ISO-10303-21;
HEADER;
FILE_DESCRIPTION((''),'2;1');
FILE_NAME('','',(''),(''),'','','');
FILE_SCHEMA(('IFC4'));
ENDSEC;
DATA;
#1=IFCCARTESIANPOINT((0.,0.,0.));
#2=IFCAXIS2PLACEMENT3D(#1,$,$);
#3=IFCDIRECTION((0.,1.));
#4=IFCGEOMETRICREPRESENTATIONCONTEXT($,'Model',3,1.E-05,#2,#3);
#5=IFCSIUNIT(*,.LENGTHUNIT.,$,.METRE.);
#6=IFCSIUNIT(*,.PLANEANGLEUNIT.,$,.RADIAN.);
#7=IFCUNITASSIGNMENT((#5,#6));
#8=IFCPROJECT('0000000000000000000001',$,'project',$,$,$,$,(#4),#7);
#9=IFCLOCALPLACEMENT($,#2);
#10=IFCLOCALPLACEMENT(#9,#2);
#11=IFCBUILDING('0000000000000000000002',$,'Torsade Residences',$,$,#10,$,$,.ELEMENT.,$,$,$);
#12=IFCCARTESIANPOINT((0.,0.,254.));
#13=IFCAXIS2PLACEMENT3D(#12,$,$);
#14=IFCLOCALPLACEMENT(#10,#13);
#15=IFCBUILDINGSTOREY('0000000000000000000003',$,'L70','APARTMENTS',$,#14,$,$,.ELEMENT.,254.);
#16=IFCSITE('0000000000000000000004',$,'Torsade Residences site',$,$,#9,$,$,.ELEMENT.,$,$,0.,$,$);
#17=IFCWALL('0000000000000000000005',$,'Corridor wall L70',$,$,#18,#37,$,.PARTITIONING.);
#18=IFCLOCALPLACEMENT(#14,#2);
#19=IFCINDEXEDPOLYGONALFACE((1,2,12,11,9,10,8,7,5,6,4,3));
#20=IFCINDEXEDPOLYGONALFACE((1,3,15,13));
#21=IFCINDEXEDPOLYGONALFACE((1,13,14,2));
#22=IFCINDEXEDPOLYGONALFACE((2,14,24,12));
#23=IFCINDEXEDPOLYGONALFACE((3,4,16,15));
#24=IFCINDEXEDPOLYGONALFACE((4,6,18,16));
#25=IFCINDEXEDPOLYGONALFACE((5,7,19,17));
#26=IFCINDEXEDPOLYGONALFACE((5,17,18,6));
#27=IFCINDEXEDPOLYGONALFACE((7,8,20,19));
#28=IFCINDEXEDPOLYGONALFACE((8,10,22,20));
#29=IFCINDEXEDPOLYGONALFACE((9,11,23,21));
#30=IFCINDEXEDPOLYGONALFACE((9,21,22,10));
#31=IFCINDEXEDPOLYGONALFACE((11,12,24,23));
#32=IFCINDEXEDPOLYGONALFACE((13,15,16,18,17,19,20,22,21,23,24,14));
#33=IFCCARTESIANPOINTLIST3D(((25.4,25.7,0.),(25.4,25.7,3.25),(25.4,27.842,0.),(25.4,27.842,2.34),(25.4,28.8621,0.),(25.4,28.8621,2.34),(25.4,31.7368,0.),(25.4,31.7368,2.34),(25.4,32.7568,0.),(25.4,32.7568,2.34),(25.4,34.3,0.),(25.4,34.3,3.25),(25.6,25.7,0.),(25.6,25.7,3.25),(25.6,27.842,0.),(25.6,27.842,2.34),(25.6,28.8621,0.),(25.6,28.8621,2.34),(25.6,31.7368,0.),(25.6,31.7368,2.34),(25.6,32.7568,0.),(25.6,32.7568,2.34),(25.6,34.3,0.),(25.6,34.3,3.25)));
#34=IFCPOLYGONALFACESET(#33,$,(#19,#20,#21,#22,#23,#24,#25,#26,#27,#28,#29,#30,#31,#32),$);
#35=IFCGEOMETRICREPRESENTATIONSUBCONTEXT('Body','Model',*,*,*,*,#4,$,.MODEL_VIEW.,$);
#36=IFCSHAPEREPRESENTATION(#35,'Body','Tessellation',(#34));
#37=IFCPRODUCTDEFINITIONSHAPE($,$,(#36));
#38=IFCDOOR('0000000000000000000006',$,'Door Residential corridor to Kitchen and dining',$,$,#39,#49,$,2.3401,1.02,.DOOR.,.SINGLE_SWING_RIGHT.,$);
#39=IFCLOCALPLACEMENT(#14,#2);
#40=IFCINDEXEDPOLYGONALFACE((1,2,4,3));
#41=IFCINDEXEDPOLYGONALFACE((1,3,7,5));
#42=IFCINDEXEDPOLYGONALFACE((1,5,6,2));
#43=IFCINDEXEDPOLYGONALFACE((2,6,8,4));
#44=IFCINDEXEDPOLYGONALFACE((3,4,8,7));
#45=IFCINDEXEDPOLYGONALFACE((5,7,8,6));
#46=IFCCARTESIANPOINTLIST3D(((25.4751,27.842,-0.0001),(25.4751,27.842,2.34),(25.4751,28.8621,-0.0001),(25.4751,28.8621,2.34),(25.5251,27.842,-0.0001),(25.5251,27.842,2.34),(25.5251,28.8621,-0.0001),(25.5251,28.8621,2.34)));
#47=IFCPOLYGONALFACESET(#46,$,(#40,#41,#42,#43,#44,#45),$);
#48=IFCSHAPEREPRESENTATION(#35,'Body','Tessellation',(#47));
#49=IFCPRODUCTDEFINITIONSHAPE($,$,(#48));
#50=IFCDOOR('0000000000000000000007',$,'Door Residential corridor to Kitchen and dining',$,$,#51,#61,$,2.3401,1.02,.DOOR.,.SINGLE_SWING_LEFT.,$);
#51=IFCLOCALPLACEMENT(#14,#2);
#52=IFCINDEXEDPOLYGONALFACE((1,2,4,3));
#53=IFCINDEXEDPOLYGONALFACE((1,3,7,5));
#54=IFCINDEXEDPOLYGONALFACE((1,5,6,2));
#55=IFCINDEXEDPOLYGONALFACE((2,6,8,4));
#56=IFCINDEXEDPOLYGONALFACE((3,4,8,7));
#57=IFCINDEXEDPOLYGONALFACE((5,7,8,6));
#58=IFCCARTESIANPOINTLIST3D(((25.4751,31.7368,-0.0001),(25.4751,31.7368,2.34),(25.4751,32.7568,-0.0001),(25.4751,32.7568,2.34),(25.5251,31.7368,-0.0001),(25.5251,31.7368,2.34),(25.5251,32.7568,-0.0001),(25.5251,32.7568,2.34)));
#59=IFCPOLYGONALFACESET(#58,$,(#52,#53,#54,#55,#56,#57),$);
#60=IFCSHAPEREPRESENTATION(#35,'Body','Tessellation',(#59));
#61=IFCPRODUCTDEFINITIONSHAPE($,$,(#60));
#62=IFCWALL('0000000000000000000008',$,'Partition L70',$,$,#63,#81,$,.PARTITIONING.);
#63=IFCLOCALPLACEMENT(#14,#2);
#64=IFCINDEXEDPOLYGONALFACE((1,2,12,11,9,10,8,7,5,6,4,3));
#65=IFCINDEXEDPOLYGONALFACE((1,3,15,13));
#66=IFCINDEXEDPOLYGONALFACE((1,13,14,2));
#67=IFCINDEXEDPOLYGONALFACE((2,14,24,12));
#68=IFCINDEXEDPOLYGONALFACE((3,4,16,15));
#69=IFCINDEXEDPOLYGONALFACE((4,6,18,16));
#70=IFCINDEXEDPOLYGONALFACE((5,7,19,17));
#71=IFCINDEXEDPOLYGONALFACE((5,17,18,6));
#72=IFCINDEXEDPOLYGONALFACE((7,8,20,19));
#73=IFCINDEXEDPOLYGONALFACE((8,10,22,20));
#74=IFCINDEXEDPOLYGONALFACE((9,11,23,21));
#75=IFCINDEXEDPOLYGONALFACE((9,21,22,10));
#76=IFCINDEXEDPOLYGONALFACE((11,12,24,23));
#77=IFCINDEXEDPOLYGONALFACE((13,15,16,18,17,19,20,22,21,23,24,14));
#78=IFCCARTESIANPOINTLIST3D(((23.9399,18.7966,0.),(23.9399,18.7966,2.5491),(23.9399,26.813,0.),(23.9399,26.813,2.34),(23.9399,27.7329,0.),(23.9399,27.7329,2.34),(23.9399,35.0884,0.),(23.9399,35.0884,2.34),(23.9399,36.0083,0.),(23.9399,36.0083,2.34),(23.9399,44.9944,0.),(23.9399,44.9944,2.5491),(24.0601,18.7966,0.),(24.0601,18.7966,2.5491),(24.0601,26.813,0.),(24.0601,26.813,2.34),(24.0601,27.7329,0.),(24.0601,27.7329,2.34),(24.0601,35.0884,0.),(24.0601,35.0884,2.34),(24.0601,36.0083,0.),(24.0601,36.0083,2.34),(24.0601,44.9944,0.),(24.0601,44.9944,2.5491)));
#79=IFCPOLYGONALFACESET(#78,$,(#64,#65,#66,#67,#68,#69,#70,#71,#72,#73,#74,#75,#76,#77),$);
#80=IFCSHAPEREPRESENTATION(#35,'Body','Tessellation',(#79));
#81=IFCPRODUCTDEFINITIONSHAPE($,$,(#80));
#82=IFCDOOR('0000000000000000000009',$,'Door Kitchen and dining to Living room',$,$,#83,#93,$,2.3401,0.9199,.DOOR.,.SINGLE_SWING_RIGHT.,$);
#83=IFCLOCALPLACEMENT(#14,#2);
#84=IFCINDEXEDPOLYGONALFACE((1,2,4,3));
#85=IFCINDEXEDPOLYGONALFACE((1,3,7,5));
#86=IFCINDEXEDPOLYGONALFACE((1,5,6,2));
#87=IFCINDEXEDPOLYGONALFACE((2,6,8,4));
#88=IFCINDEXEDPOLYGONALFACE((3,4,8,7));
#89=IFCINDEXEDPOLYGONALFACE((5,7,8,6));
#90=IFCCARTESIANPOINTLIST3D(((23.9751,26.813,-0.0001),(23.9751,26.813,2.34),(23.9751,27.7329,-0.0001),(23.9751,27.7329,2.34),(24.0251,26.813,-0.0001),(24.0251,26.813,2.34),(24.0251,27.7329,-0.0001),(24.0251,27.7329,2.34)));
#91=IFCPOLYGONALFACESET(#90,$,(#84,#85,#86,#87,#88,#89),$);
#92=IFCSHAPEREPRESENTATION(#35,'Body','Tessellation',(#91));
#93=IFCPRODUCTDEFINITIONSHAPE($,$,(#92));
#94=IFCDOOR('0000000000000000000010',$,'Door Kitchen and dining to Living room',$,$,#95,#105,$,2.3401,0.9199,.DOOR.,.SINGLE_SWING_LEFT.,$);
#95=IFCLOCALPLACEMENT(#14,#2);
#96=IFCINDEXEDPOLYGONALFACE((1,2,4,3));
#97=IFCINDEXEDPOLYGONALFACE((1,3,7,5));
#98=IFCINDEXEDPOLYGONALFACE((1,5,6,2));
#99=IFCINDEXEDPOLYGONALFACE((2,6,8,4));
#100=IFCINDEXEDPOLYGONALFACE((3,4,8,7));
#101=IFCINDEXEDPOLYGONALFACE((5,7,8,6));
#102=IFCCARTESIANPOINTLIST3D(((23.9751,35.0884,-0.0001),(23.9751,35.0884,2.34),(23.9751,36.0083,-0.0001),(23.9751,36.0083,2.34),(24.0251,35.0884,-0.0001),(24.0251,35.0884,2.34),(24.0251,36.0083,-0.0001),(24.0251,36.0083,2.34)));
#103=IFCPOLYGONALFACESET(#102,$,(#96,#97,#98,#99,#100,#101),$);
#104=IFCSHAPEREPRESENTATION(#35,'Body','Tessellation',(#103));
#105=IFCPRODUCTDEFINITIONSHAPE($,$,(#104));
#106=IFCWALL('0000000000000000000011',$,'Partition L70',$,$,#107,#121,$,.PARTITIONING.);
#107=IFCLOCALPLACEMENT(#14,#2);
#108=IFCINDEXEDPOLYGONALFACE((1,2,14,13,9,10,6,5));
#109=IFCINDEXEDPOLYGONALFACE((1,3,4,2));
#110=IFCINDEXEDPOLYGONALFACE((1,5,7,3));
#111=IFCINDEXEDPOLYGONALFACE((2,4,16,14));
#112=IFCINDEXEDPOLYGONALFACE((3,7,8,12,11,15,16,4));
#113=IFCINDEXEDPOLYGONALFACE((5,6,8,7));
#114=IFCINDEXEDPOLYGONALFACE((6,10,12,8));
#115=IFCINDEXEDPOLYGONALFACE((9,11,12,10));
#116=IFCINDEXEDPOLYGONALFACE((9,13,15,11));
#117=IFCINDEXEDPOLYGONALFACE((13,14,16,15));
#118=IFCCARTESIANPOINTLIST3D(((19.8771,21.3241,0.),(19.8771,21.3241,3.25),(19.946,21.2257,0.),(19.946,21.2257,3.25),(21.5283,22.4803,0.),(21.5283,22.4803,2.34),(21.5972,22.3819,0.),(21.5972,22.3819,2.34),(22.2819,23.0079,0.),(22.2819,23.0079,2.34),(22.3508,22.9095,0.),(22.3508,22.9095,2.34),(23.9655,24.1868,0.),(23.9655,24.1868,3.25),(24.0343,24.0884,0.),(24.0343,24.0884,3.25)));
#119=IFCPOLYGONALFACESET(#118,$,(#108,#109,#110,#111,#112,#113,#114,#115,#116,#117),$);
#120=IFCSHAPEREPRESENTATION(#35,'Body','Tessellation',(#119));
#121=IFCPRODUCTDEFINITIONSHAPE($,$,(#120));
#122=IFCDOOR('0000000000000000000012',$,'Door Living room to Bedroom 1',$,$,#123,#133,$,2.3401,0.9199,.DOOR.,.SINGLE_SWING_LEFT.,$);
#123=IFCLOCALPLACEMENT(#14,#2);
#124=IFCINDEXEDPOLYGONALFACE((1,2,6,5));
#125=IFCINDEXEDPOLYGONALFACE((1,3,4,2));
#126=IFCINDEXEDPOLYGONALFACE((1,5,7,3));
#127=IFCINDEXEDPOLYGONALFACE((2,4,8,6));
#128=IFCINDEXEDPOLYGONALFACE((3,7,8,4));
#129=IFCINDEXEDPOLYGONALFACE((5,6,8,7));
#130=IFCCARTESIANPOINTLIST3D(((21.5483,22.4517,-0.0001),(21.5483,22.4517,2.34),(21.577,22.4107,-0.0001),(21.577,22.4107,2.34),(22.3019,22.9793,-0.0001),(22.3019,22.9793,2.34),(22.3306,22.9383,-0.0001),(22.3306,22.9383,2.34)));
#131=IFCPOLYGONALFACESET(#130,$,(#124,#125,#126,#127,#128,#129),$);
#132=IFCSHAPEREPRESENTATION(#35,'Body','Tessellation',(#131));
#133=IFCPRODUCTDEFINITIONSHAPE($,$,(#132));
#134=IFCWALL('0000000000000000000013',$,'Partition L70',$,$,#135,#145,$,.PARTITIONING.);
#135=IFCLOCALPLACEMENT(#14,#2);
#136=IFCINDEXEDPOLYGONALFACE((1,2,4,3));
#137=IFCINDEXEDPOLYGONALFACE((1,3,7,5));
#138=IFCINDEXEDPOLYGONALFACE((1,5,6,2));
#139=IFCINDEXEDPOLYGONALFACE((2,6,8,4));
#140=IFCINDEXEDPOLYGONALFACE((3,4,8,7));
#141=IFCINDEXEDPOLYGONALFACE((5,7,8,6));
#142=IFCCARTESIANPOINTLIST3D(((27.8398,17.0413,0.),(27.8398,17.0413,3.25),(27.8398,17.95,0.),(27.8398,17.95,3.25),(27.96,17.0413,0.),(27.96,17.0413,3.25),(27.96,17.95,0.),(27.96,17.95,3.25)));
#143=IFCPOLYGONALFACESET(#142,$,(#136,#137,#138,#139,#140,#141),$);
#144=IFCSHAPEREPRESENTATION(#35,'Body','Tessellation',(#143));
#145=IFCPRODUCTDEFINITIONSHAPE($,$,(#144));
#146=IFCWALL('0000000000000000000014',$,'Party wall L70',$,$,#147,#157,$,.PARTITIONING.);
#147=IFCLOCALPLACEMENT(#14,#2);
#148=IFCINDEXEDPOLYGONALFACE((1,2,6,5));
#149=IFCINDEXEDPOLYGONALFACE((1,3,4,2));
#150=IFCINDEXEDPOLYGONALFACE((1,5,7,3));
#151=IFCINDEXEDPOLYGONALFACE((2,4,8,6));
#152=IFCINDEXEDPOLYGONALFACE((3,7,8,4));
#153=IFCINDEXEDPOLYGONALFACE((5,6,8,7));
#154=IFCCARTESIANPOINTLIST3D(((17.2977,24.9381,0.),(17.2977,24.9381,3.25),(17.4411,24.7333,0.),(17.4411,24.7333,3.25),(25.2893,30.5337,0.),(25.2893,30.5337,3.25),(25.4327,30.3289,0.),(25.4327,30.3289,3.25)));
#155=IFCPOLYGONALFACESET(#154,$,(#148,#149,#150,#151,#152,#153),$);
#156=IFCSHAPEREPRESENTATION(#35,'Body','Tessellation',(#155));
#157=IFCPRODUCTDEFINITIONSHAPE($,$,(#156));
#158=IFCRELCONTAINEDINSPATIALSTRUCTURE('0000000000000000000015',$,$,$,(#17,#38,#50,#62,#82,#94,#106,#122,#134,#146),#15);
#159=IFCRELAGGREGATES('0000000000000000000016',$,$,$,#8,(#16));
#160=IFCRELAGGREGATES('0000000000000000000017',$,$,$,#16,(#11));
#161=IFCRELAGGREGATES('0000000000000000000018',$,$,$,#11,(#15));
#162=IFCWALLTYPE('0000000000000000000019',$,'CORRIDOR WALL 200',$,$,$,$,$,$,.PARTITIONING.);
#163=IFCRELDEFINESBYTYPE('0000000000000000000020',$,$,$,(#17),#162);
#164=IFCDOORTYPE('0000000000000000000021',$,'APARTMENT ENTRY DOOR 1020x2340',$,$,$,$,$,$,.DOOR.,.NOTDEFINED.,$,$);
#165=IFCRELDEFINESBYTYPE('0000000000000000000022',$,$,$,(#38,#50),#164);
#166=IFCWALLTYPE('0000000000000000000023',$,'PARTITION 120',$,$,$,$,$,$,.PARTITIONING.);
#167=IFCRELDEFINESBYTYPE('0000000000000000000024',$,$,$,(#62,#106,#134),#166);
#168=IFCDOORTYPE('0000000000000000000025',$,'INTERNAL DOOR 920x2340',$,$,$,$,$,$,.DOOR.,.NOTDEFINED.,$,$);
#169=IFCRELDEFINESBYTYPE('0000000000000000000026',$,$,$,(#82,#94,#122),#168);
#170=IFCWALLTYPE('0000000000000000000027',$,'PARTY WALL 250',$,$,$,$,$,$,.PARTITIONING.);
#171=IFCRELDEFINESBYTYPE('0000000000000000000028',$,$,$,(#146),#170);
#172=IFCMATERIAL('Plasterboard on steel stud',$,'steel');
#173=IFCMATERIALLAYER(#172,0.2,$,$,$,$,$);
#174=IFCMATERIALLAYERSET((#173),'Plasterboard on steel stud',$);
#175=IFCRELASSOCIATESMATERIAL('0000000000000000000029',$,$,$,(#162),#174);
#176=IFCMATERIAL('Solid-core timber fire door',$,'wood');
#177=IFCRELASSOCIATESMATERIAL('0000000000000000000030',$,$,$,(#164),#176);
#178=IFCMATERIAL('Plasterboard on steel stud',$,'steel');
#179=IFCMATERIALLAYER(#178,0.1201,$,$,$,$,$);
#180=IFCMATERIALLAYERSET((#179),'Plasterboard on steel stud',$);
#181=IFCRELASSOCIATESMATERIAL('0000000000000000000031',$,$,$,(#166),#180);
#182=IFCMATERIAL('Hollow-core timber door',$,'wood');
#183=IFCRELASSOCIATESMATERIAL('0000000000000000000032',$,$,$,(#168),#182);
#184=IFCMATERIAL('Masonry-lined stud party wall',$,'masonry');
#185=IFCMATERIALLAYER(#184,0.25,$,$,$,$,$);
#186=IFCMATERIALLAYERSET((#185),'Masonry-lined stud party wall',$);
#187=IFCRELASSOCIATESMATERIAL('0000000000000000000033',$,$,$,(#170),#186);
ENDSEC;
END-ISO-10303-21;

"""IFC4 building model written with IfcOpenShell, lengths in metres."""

from ifc_helpers import new_model, si_unit, direction, frame, frame_2d, origin, place, context, subcontext, project, spatial, rectangle, extrude, material, layer, layer_set, type_object, element, fill, save


model = new_model("IFC4")

# Units and contexts
model_context = context("Model", 3, precision=1e-05, world=origin(), true_north=direction((0.0, 1.0)))
body_context = subcontext(model_context, "Body", "Model", "MODEL_VIEW")
ifc_project = project(units=[si_unit("LENGTHUNIT", "METRE"), si_unit("PLANEANGLEUNIT", "RADIAN")], contexts=[model_context])

# Site, building, storey
site_placement = place(None, origin())
site = spatial("IfcSite", under=ifc_project, at=site_placement, Name="Torsade Residences site", CompositionType="ELEMENT", RefElevation=0.0)
building_placement = place(site_placement, origin())
building = spatial("IfcBuilding", under=site, at=building_placement, Name="Torsade Residences", CompositionType="ELEMENT")
storey_placement = place(building_placement, frame((0.0, 0.0, 254.0)))
storey = spatial("IfcBuildingStorey", under=building, at=storey_placement, Name="L70", Description="APARTMENTS", CompositionType="ELEMENT", Elevation=254.0)

# Walls, openings, doors
ifc_material_1 = material(Name="Plasterboard on steel stud", Category="steel")
ifc_layer_1 = layer(ifc_material_1, 0.2)
ifc_layer_set_1 = layer_set([ifc_layer_1], Name="Plasterboard on steel stud")
wall_type_1 = type_object("IfcWallType", Name="CORRIDOR WALL 200", PredefinedType="PARTITIONING", material=ifc_layer_set_1)
wall_1_placement = place(storey_placement, frame((25.5, 25.7, 0.0), z_axis=(0.0, 0.0, 1.0), x_axis=(0.0, 1.0, 0.0)))
wall_1 = element("IfcWall", 1, at=wall_1_placement, inside=storey, type_object=wall_type_1, Name="Corridor wall L70", PredefinedType="PARTITIONING", context=body_context, shape_type="SweptSolid", body=[
    extrude(rectangle(XDim=8.6001, YDim=0.2, at=frame_2d((4.3, 0.0))), origin(), (0.0, 0.0, 1.0), 3.25),
])
opening_1_placement = place(wall_1_placement, frame((2.1421, 0.0, 0.0)))
opening_1 = element("IfcOpeningElement", 2, at=opening_1_placement, cuts=wall_1, PredefinedType="OPENING", context=body_context, shape_type="SweptSolid", body=[
    extrude(rectangle(XDim=1.02, YDim=2.3401, at=frame_2d((0.51, 1.1699))), frame((0.0, 0.1099, 0.0), z_axis=(0.0, -1.0, 0.0), x_axis=(1.0, 0.0, 0.0)), (0.0, 0.0, 1.0), 0.22),
])
opening_2_placement = place(wall_1_placement, frame((6.0369, 0.0, 0.0)))
opening_2 = element("IfcOpeningElement", 3, at=opening_2_placement, cuts=wall_1, PredefinedType="OPENING", context=body_context, shape_type="SweptSolid", body=[
    extrude(rectangle(XDim=1.02, YDim=2.3401, at=frame_2d((0.51, 1.1699))), frame((0.0, 0.1099, 0.0), z_axis=(0.0, -1.0, 0.0), x_axis=(1.0, 0.0, 0.0)), (0.0, 0.0, 1.0), 0.22),
])
ifc_material_2 = material(Name="Solid-core timber fire door", Category="wood")
door_type_1 = type_object("IfcDoorType", Name="APARTMENT ENTRY DOOR 1020x2340", OperationType="NOTDEFINED", PredefinedType="DOOR", material=ifc_material_2)
door_1_placement = place(opening_1_placement, origin())
door_1 = element("IfcDoor", 4, at=door_1_placement, inside=storey, type_object=door_type_1, Name="Door Residential corridor to Kitchen and dining", OperationType="SINGLE_SWING_RIGHT", OverallHeight=2.3401, OverallWidth=1.02, PredefinedType="DOOR", context=body_context, shape_type="SweptSolid", body=[
    extrude(rectangle(XDim=1.02, YDim=2.3401, at=frame_2d((0.51, 1.1699))), frame((0.0, 0.0249, 0.0), z_axis=(0.0, -1.0, 0.0), x_axis=(1.0, 0.0, 0.0)), (0.0, 0.0, 1.0), 0.05),
])
fill(opening_1, door_1)
door_2_placement = place(opening_2_placement, origin())
door_2 = element("IfcDoor", 5, at=door_2_placement, inside=storey, type_object=door_type_1, Name="Door Residential corridor to Kitchen and dining", OperationType="SINGLE_SWING_LEFT", OverallHeight=2.3401, OverallWidth=1.02, PredefinedType="DOOR", context=body_context, shape_type="SweptSolid", body=[
    extrude(rectangle(XDim=1.02, YDim=2.3401, at=frame_2d((0.51, 1.1699))), frame((0.0, 0.0249, 0.0), z_axis=(0.0, -1.0, 0.0), x_axis=(1.0, 0.0, 0.0)), (0.0, 0.0, 1.0), 0.05),
])
fill(opening_2, door_2)
ifc_material_3 = material(Name="Plasterboard on steel stud", Category="steel")
ifc_layer_2 = layer(ifc_material_3, 0.1201)
ifc_layer_set_2 = layer_set([ifc_layer_2], Name="Plasterboard on steel stud")
wall_type_2 = type_object("IfcWallType", Name="PARTITION 120", PredefinedType="PARTITIONING", material=ifc_layer_set_2)
wall_2_placement = place(storey_placement, frame((24.0, 18.7966, 0.0), z_axis=(0.0, 0.0, 1.0), x_axis=(0.0, 1.0, 0.0)))
wall_2 = element("IfcWall", 6, at=wall_2_placement, inside=storey, type_object=wall_type_2, Name="Partition L70", PredefinedType="PARTITIONING", context=body_context, shape_type="SweptSolid", body=[
    extrude(rectangle(XDim=26.1978, YDim=0.1201, at=frame_2d((13.0989, 0.0))), origin(), (0.0, 0.0, 1.0), 2.5491),
])
opening_3_placement = place(wall_2_placement, frame((8.0164, 0.0, 0.0)))
opening_3 = element("IfcOpeningElement", 7, at=opening_3_placement, cuts=wall_2, PredefinedType="OPENING", context=body_context, shape_type="SweptSolid", body=[
    extrude(rectangle(XDim=0.9199, YDim=2.3401, at=frame_2d((0.46, 1.1699))), frame((0.0, 0.0701, 0.0), z_axis=(0.0, -1.0, 0.0), x_axis=(1.0, 0.0, 0.0)), (0.0, 0.0, 1.0), 0.1401),
])
opening_4_placement = place(wall_2_placement, frame((16.2917, 0.0, 0.0)))
opening_4 = element("IfcOpeningElement", 8, at=opening_4_placement, cuts=wall_2, PredefinedType="OPENING", context=body_context, shape_type="SweptSolid", body=[
    extrude(rectangle(XDim=0.9199, YDim=2.3401, at=frame_2d((0.46, 1.1699))), frame((0.0, 0.0701, 0.0), z_axis=(0.0, -1.0, 0.0), x_axis=(1.0, 0.0, 0.0)), (0.0, 0.0, 1.0), 0.1401),
])
ifc_material_4 = material(Name="Hollow-core timber door", Category="wood")
door_type_2 = type_object("IfcDoorType", Name="INTERNAL DOOR 920x2340", OperationType="NOTDEFINED", PredefinedType="DOOR", material=ifc_material_4)
door_3_placement = place(opening_3_placement, origin())
door_3 = element("IfcDoor", 9, at=door_3_placement, inside=storey, type_object=door_type_2, Name="Door Kitchen and dining to Living room", OperationType="SINGLE_SWING_RIGHT", OverallHeight=2.3401, OverallWidth=0.9199, PredefinedType="DOOR", context=body_context, shape_type="SweptSolid", body=[
    extrude(rectangle(XDim=0.9199, YDim=2.3401, at=frame_2d((0.46, 1.1699))), frame((0.0, 0.0249, 0.0), z_axis=(0.0, -1.0, 0.0), x_axis=(1.0, 0.0, 0.0)), (0.0, 0.0, 1.0), 0.05),
])
fill(opening_3, door_3)
door_4_placement = place(opening_4_placement, origin())
door_4 = element("IfcDoor", 10, at=door_4_placement, inside=storey, type_object=door_type_2, Name="Door Kitchen and dining to Living room", OperationType="SINGLE_SWING_LEFT", OverallHeight=2.3401, OverallWidth=0.9199, PredefinedType="DOOR", context=body_context, shape_type="SweptSolid", body=[
    extrude(rectangle(XDim=0.9199, YDim=2.3401, at=frame_2d((0.46, 1.1699))), frame((0.0, 0.0249, 0.0), z_axis=(0.0, -1.0, 0.0), x_axis=(1.0, 0.0, 0.0)), (0.0, 0.0, 1.0), 0.05),
])
fill(opening_4, door_4)

# Wall, opening, door
wall_3_placement = place(storey_placement, frame((24.0, 24.1377, 0.0), z_axis=(0.0, 0.0, 1.0), x_axis=(-0.819145, -0.573587, 0.0)))
wall_3 = element("IfcWall", 11, at=wall_3_placement, inside=storey, type_object=wall_type_2, Name="Partition L70", PredefinedType="PARTITIONING", context=body_context, shape_type="SweptSolid", body=[
    extrude(rectangle(XDim=4.991, YDim=0.1201, at=frame_2d((2.4956, 0.0))), origin(), (0.0, 0.0, 1.0), 3.25),
])
opening_5_placement = place(wall_3_placement, frame((2.0554, 0.0, 0.0)))
opening_5 = element("IfcOpeningElement", 12, at=opening_5_placement, cuts=wall_3, PredefinedType="OPENING", context=body_context, shape_type="SweptSolid", body=[
    extrude(rectangle(XDim=0.9199, YDim=2.3401, at=frame_2d((0.46, 1.1699))), frame((0.0, 0.0701, 0.0), z_axis=(0.0, -1.0, 0.0), x_axis=(1.0, 0.0, 0.0)), (0.0, 0.0, 1.0), 0.1401),
])
door_5_placement = place(opening_5_placement, origin())
door_5 = element("IfcDoor", 13, at=door_5_placement, inside=storey, type_object=door_type_2, Name="Door Living room to Bedroom 1", OperationType="SINGLE_SWING_LEFT", OverallHeight=2.3401, OverallWidth=0.9199, PredefinedType="DOOR", context=body_context, shape_type="SweptSolid", body=[
    extrude(rectangle(XDim=0.9199, YDim=2.3401, at=frame_2d((0.46, 1.1699))), frame((0.0, 0.0249, 0.0), z_axis=(0.0, -1.0, 0.0), x_axis=(1.0, 0.0, 0.0)), (0.0, 0.0, 1.0), 0.05),
])
fill(opening_5, door_5)

# Walls
wall_4_placement = place(storey_placement, frame((27.8999, 17.95, 0.0), z_axis=(0.0, 0.0, 1.0), x_axis=(0.0, -1.0, 0.0)))
element("IfcWall", 14, at=wall_4_placement, inside=storey, type_object=wall_type_2, Name="Partition L70", PredefinedType="PARTITIONING", context=body_context, shape_type="SweptSolid", body=[
    extrude(rectangle(XDim=0.9087, YDim=0.1201, at=frame_2d((0.4543, 0.0))), origin(), (0.0, 0.0, 1.0), 3.25),
])
ifc_material_5 = material(Name="Masonry-lined stud party wall", Category="masonry")
ifc_layer_3 = layer(ifc_material_5, 0.25)
ifc_layer_set_3 = layer_set([ifc_layer_3], Name="Masonry-lined stud party wall")
wall_type_3 = type_object("IfcWallType", Name="PARTY WALL 250", PredefinedType="PARTITIONING", material=ifc_layer_set_3)
wall_5_placement = place(storey_placement, frame((17.3694, 24.8357, 0.0), z_axis=(0.0, 0.0, 1.0), x_axis=(0.819159, 0.573566, 0.0)))
element("IfcWall", 15, at=wall_5_placement, inside=storey, type_object=wall_type_3, Name="Party wall L70", PredefinedType="PARTITIONING", context=body_context, shape_type="SweptSolid", body=[
    extrude(rectangle(XDim=9.7559, YDim=0.25, at=frame_2d((4.8779, 0.0))), origin(), (0.0, 0.0, 1.0), 3.25),
])

save(model, "model.ifc")
